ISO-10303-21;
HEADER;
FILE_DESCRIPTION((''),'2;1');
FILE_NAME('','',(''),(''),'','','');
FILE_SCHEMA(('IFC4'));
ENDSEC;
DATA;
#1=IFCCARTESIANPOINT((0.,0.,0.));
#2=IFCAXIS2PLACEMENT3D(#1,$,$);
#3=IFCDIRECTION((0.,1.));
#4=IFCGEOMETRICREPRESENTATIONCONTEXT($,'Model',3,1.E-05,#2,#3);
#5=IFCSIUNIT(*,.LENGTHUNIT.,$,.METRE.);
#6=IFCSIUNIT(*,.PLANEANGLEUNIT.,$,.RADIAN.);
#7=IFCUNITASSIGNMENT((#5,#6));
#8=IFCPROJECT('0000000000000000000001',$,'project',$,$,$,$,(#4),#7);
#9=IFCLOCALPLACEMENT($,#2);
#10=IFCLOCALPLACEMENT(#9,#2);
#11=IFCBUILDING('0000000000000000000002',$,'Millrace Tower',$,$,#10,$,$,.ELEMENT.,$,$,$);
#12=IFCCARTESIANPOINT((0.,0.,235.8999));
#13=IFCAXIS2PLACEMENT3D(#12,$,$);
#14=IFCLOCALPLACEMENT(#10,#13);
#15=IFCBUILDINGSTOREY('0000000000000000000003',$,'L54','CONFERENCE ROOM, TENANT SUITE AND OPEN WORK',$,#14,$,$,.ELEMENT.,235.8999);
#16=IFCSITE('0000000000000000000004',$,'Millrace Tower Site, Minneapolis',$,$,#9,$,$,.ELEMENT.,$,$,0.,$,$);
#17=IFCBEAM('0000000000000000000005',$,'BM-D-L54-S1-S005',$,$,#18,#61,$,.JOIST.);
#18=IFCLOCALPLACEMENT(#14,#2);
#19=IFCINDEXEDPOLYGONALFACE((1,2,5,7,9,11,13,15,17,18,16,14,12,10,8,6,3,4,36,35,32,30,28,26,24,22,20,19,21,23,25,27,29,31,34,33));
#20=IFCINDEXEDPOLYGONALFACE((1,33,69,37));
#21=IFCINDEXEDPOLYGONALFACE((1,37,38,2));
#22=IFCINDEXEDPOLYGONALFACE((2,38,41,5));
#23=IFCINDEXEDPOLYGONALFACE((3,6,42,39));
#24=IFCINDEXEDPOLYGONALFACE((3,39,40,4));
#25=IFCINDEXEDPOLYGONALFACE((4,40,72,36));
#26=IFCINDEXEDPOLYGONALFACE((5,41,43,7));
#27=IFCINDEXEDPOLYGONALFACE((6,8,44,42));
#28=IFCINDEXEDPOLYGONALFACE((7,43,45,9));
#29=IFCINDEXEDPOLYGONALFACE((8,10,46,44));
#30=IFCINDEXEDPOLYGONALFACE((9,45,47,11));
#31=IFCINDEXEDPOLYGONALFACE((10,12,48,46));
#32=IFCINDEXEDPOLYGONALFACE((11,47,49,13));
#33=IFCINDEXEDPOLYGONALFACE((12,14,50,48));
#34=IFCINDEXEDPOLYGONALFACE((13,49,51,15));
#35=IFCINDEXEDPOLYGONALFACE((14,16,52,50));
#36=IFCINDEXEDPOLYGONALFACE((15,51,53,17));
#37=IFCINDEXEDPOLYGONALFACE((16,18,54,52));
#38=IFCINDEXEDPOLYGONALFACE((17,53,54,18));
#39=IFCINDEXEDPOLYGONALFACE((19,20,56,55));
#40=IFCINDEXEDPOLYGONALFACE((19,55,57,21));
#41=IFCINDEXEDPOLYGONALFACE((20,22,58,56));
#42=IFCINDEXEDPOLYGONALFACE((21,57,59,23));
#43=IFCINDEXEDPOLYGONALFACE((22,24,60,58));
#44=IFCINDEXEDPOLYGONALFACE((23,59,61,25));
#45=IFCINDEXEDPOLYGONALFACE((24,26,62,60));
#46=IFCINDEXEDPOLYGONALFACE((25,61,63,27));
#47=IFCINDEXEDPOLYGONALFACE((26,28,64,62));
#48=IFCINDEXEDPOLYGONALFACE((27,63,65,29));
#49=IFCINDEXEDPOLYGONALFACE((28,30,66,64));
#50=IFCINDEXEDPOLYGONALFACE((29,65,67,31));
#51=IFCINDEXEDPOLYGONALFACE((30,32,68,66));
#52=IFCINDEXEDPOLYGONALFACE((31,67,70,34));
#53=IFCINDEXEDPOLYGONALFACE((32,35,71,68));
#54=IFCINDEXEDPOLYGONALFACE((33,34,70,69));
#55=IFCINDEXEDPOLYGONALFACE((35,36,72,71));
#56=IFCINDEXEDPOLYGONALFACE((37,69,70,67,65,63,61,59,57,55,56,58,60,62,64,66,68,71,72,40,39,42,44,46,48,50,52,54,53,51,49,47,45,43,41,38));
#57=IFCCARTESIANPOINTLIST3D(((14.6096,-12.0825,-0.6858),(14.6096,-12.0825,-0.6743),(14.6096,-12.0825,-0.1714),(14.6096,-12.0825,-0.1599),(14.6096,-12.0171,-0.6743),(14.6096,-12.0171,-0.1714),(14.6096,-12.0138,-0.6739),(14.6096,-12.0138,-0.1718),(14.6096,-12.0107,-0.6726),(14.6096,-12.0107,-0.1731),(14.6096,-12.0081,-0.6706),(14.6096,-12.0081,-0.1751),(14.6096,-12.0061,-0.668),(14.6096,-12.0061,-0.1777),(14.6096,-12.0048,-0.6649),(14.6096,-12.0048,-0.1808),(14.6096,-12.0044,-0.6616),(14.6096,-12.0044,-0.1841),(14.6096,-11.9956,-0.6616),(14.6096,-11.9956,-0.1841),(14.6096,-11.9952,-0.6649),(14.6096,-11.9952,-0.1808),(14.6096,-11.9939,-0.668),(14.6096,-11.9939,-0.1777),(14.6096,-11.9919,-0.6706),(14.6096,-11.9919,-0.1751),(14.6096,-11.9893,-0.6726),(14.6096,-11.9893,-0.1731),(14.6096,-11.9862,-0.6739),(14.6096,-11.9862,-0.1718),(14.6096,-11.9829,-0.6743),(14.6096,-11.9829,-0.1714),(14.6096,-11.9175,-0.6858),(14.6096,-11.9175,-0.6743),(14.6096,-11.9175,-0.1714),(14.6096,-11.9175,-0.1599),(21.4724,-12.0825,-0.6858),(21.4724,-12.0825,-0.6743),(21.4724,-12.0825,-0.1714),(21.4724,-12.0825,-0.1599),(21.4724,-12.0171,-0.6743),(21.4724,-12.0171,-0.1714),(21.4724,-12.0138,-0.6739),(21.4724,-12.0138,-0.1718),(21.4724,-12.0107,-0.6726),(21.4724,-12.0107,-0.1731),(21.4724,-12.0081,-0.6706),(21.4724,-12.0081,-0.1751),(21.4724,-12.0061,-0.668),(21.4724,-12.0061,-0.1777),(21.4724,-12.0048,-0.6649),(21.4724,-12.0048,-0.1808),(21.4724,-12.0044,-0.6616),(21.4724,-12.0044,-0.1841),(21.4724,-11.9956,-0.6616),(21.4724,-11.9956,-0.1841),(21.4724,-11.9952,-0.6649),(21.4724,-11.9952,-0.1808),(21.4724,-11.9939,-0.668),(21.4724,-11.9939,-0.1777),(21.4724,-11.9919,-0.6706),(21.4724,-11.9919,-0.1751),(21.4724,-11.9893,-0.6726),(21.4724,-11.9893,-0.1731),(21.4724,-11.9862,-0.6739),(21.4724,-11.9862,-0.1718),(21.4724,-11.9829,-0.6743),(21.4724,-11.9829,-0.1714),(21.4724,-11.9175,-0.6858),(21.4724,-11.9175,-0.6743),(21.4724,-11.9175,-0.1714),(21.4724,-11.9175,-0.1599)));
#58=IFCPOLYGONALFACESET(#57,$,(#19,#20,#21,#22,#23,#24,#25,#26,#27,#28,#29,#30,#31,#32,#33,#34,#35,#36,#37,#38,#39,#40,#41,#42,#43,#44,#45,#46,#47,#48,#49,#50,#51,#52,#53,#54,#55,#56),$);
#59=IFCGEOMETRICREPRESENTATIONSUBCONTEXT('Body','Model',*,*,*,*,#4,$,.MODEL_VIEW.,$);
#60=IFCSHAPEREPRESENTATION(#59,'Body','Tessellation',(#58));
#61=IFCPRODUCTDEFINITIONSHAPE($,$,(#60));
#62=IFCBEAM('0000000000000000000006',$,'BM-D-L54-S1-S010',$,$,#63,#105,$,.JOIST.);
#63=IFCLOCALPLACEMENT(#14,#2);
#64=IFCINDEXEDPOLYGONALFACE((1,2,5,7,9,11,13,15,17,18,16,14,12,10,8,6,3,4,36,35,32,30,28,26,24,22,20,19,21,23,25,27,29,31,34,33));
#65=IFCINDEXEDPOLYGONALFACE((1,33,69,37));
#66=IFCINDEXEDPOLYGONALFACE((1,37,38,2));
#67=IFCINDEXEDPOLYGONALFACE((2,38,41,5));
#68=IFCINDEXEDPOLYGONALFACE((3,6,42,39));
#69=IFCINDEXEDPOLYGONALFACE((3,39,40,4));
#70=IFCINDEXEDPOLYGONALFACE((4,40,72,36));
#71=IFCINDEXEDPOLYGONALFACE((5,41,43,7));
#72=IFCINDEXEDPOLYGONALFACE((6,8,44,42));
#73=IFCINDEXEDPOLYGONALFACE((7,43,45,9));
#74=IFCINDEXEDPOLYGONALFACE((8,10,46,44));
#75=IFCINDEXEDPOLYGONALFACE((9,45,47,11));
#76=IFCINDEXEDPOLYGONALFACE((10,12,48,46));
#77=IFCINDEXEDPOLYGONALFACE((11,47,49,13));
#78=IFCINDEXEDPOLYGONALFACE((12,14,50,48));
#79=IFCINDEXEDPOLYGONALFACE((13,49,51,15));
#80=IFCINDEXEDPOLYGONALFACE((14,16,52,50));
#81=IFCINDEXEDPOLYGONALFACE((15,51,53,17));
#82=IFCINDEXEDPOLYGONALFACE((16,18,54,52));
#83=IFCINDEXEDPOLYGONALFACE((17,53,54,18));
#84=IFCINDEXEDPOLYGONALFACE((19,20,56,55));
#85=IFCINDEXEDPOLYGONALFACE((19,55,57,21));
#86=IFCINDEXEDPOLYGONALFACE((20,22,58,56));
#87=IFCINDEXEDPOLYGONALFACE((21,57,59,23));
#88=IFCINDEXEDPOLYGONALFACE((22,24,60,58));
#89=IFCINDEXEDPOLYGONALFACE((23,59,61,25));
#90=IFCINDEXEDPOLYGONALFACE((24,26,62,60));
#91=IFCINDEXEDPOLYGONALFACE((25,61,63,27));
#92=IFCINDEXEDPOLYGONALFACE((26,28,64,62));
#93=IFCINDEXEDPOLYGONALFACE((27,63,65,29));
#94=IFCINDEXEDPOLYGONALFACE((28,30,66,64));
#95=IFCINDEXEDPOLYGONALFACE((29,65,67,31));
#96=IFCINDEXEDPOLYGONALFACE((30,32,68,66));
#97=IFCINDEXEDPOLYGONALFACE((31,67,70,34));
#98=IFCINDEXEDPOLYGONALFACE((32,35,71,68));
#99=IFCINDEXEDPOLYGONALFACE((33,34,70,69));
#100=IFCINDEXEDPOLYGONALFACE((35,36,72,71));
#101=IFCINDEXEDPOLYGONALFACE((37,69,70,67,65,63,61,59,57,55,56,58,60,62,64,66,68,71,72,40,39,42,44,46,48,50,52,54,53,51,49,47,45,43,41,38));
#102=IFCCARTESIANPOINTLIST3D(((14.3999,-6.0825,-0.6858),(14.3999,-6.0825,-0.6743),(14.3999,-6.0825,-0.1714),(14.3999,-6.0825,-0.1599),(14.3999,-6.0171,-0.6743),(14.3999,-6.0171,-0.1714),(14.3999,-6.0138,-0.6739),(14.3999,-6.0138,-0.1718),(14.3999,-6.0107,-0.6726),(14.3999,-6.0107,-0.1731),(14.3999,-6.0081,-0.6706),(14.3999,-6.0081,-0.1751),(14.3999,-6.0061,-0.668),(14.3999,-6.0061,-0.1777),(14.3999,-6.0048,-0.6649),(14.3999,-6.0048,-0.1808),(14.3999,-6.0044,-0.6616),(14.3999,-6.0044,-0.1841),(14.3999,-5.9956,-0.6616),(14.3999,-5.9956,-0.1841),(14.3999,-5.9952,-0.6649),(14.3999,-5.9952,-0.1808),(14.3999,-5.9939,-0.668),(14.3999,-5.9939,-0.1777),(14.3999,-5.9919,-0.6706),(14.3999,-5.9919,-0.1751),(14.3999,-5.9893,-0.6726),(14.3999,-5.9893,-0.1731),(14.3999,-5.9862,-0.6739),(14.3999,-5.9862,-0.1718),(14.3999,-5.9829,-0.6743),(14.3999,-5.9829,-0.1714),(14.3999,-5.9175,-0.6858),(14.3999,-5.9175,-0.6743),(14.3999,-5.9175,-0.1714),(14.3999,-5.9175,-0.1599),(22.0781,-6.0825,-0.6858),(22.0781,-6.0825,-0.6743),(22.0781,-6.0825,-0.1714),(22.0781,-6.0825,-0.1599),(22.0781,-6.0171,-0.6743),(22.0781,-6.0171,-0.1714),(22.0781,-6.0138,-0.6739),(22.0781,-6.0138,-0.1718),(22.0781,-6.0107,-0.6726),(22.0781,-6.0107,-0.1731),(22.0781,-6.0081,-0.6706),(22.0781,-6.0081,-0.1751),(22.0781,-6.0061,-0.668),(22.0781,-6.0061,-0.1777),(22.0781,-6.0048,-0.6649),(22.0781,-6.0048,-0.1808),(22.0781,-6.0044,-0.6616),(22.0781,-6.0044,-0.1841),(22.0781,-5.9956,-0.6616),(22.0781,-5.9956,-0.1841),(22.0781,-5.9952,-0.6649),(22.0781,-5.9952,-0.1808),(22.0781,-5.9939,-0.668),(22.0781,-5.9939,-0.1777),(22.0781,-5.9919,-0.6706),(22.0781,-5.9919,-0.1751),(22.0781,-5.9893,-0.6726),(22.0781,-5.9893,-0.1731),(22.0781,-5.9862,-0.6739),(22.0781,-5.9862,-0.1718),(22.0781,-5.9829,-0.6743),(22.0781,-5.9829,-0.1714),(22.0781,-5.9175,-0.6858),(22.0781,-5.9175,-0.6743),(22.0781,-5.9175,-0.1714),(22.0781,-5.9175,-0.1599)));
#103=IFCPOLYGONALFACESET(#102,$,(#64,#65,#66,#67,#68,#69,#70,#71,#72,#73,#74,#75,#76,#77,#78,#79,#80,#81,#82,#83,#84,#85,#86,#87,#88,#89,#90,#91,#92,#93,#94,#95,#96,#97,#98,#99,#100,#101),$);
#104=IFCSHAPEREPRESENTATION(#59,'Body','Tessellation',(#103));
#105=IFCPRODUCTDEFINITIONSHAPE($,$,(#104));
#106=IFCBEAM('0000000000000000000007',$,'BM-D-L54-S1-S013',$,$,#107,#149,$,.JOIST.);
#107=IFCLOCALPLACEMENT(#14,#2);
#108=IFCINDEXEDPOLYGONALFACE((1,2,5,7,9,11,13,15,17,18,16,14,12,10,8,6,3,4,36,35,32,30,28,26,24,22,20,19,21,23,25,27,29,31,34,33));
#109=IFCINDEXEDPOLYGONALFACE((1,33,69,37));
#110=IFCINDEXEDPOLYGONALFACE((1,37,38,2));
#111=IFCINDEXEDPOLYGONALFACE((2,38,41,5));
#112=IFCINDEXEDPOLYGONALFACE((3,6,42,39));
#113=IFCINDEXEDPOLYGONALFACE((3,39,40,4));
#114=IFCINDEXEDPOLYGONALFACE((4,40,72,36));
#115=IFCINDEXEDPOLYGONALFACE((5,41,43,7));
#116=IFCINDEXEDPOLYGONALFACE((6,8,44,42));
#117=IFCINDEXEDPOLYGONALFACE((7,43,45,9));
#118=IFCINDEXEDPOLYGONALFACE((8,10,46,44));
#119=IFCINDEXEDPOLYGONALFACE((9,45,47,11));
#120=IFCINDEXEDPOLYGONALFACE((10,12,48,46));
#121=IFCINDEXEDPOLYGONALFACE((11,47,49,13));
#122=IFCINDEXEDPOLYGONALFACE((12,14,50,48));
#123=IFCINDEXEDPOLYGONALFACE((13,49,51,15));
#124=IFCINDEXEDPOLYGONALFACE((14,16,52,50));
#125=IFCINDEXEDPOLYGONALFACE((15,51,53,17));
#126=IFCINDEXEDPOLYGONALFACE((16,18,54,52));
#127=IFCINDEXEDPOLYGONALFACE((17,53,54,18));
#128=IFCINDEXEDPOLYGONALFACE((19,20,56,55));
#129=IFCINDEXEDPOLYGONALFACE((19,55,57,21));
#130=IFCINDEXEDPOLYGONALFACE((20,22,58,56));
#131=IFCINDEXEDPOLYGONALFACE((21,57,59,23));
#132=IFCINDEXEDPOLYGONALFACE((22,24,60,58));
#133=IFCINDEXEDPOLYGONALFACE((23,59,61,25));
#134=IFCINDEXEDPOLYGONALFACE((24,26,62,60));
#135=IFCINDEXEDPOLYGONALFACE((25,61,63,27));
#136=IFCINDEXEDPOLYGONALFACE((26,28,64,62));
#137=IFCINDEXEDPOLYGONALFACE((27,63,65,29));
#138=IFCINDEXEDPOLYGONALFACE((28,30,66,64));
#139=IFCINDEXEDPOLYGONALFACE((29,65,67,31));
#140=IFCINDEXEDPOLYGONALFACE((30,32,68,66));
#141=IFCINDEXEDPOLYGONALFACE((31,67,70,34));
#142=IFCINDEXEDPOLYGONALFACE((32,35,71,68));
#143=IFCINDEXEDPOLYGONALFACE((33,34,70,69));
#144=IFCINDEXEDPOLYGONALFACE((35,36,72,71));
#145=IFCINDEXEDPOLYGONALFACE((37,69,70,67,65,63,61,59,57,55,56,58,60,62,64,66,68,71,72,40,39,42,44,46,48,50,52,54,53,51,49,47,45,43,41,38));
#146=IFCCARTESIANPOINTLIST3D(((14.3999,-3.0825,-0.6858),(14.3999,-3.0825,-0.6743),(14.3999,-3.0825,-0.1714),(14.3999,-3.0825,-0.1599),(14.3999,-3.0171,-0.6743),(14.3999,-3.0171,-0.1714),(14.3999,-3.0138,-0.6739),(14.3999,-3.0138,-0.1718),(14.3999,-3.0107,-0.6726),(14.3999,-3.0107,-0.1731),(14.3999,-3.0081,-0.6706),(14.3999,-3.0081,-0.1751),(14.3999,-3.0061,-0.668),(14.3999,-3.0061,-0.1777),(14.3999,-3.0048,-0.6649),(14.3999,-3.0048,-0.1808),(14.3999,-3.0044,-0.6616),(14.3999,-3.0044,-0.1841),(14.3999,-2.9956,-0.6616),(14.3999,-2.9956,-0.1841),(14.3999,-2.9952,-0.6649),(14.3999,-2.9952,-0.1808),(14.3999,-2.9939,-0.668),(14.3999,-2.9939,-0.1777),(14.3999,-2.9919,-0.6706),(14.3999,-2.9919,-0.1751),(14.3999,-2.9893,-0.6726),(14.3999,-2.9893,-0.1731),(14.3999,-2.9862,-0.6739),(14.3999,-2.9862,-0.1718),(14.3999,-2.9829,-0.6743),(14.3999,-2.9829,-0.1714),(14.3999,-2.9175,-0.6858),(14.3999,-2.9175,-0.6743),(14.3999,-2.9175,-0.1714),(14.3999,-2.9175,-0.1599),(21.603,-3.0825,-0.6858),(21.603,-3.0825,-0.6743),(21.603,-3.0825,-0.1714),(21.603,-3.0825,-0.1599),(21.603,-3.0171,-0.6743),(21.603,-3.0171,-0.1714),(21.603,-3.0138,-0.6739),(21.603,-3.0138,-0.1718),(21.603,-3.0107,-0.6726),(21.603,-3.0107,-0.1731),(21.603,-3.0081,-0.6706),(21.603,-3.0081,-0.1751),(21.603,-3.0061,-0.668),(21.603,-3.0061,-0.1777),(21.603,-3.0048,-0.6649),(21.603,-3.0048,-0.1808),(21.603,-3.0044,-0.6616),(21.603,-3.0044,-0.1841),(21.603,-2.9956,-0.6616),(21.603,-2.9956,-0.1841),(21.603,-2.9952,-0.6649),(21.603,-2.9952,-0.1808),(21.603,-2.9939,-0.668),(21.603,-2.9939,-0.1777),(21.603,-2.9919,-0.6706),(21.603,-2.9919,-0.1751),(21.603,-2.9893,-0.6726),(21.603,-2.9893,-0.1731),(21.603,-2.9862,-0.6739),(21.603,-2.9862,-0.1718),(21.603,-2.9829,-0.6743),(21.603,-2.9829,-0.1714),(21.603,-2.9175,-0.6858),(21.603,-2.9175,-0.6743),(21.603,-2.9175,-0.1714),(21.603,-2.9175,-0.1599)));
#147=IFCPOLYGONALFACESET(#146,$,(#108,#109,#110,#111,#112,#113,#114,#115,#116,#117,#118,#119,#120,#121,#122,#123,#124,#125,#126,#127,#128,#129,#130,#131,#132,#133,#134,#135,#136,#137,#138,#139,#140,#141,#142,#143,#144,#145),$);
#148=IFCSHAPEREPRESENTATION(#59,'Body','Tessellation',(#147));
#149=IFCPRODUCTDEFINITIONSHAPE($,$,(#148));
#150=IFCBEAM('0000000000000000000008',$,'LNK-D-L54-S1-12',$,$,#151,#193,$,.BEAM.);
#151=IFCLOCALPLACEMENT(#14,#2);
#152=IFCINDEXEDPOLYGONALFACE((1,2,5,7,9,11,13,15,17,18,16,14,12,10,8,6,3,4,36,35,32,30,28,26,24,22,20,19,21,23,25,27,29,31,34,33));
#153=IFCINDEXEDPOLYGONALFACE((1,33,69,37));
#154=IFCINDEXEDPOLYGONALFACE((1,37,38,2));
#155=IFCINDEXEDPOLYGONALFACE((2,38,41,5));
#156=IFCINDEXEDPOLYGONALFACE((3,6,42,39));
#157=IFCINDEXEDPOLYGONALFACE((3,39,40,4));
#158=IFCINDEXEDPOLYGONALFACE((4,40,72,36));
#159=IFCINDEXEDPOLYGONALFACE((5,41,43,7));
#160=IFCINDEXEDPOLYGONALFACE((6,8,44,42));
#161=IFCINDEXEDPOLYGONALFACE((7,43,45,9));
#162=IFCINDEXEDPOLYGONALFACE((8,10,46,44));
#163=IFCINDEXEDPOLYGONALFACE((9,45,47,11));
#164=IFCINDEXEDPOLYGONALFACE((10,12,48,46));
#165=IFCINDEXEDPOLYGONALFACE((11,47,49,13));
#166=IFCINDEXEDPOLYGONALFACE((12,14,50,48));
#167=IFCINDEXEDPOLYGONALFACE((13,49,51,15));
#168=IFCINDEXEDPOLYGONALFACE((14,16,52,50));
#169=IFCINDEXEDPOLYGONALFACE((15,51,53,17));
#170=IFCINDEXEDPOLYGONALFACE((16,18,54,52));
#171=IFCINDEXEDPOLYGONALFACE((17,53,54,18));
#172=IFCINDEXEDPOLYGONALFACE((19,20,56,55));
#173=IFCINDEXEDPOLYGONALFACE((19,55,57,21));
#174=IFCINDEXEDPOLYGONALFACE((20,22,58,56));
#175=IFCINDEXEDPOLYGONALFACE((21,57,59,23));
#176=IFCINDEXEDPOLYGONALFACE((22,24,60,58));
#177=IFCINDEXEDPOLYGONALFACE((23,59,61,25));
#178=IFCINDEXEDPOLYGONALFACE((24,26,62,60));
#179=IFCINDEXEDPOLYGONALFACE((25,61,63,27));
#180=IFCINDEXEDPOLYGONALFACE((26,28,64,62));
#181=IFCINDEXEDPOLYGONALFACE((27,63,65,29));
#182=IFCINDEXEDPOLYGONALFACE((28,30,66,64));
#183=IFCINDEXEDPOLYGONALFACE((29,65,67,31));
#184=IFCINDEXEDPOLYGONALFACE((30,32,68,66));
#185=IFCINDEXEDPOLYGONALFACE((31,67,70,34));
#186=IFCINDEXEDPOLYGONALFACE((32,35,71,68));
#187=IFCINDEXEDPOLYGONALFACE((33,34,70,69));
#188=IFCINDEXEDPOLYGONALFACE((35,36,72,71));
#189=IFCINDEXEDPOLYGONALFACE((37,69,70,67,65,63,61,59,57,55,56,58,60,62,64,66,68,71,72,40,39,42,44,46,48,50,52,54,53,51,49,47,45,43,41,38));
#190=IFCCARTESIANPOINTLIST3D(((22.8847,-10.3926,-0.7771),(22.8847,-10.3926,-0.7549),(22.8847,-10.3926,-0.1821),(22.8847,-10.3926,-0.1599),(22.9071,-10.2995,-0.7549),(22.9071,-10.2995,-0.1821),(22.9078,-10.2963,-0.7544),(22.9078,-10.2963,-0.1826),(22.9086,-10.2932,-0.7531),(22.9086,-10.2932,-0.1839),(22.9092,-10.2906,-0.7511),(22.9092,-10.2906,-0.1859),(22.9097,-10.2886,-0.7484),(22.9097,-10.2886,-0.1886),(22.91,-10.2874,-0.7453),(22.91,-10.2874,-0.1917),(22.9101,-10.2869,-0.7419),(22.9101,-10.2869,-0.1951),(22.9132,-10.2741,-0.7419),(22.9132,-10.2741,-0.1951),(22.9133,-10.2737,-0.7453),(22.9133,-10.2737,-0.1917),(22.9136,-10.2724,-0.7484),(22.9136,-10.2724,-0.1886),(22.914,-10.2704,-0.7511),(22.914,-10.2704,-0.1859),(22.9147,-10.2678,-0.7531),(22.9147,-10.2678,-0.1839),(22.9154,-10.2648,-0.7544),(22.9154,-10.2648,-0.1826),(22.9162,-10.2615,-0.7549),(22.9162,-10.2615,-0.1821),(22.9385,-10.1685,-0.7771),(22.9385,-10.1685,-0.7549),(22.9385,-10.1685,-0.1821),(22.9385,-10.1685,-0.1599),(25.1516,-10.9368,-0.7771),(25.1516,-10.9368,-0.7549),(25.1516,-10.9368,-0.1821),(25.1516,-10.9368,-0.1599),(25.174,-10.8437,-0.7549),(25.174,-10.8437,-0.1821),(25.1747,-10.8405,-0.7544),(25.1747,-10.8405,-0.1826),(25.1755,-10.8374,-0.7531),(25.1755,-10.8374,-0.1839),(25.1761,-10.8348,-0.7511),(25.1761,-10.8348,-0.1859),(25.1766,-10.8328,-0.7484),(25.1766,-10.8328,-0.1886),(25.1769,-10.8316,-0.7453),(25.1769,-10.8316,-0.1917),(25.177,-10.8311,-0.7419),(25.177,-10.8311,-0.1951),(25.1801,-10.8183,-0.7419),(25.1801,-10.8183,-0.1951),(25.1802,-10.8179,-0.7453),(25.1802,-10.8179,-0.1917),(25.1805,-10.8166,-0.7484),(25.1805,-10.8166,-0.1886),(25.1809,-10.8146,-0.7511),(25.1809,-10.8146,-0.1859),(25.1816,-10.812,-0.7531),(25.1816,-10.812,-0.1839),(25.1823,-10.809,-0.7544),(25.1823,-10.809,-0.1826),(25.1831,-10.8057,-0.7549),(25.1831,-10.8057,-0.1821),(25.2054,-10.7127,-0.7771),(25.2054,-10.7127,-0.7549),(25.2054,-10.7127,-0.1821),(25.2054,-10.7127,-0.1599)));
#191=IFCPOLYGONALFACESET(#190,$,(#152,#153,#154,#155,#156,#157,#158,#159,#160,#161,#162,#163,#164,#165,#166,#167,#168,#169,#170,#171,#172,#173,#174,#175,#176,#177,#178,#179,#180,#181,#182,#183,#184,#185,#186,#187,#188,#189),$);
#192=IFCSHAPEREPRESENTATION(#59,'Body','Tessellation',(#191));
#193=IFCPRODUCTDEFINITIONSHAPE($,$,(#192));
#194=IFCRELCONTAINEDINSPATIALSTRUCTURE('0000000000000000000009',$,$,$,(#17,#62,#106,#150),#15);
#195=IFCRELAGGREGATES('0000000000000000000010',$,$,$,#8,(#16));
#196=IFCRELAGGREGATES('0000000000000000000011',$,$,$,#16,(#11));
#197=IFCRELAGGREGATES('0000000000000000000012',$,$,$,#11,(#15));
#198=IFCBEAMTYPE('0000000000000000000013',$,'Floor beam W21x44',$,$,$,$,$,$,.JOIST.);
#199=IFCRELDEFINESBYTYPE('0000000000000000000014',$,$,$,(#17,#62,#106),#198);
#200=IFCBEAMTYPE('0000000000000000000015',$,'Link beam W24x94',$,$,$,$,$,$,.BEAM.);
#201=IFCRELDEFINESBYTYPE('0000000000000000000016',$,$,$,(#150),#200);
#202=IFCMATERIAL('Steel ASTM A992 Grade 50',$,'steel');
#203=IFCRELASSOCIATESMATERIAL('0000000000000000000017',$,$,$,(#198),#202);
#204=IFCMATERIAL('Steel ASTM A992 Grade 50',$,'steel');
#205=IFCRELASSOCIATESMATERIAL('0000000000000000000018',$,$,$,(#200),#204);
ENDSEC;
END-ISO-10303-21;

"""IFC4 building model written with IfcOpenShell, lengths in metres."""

from ifc_helpers import new_model, si_unit, direction, frame, origin, origin_2d, place, context, subcontext, project, spatial, i_section, extrude, material, material_profile, profile_set, type_object, element, save


model = new_model("IFC4")

# Units and contexts
model_context = context("Model", 3, precision=1e-05, world=origin(), true_north=direction((0.0, 1.0)))
body_context = subcontext(model_context, "Body", "Model", "MODEL_VIEW")
ifc_project = project(units=[si_unit("LENGTHUNIT", "METRE"), si_unit("PLANEANGLEUNIT", "RADIAN")], contexts=[model_context])

# Site, building, storey
site_placement = place(None, origin())
site = spatial("IfcSite", under=ifc_project, at=site_placement, Name="Millrace Tower Site, Minneapolis", CompositionType="ELEMENT", RefElevation=0.0)
building_placement = place(site_placement, origin())
building = spatial("IfcBuilding", under=site, at=building_placement, Name="Millrace Tower", CompositionType="ELEMENT")
storey_placement = place(building_placement, frame((0.0, 0.0, 235.8999)))
storey = spatial("IfcBuildingStorey", under=building, at=storey_placement, Name="L54", Description="CONFERENCE ROOM, TENANT SUITE AND OPEN WORK", CompositionType="ELEMENT", Elevation=235.8999)

# Beams
ifc_material_1 = material(Name="Steel ASTM A992 Grade 50", Category="steel")
ifc_material_profile_1 = material_profile(ifc_material_1, i_section(OverallWidth=0.165, OverallDepth=0.5259, WebThickness=0.0088, FlangeThickness=0.0115, FilletRadius=0.0127, at=origin_2d()))
ifc_profile_set_1 = profile_set([ifc_material_profile_1], Name="Steel ASTM A992 Grade 50")
beam_type_1 = type_object("IfcBeamType", Name="Floor beam W21x44", PredefinedType="JOIST", material=ifc_profile_set_1)
beam_1_placement = place(storey_placement, frame((14.6096, -12.0, -0.4229), z_axis=(1.0, 0.0, 0.0), x_axis=(0.0, 1.0, 0.0)))
element("IfcBeam", 1, at=beam_1_placement, inside=storey, type_object=beam_type_1, Name="BM-D-L54-S1-S005", PredefinedType="JOIST", context=body_context, shape_type="SweptSolid", body=[
    extrude(i_section(OverallWidth=0.165, OverallDepth=0.5259, WebThickness=0.0088, FlangeThickness=0.0115, FilletRadius=0.0127, at=origin_2d()), origin(), (0.0, 0.0, 1.0), 6.8628),
])
beam_2_placement = place(storey_placement, frame((14.3999, -6.0, -0.4229), z_axis=(1.0, 0.0, 0.0), x_axis=(0.0, 1.0, 0.0)))
element("IfcBeam", 2, at=beam_2_placement, inside=storey, type_object=beam_type_1, Name="BM-D-L54-S1-S010", PredefinedType="JOIST", context=body_context, shape_type="SweptSolid", body=[
    extrude(i_section(OverallWidth=0.165, OverallDepth=0.5259, WebThickness=0.0088, FlangeThickness=0.0115, FilletRadius=0.0127, at=origin_2d()), origin(), (0.0, 0.0, 1.0), 7.6782),
])
beam_3_placement = place(storey_placement, frame((14.3999, -3.0, -0.4229), z_axis=(1.0, 0.0, 0.0), x_axis=(0.0, 1.0, 0.0)))
element("IfcBeam", 3, at=beam_3_placement, inside=storey, type_object=beam_type_1, Name="BM-D-L54-S1-S013", PredefinedType="JOIST", context=body_context, shape_type="SweptSolid", body=[
    extrude(i_section(OverallWidth=0.165, OverallDepth=0.5259, WebThickness=0.0088, FlangeThickness=0.0115, FilletRadius=0.0127, at=origin_2d()), origin(), (0.0, 0.0, 1.0), 7.2031),
])
ifc_material_2 = material(Name="Steel ASTM A992 Grade 50", Category="steel")
ifc_material_profile_2 = material_profile(ifc_material_2, i_section(OverallWidth=0.2305, OverallDepth=0.6172, WebThickness=0.0132, FlangeThickness=0.0222, FilletRadius=0.0129, at=origin_2d()))
ifc_profile_set_2 = profile_set([ifc_material_profile_2], Name="Steel ASTM A992 Grade 50")
beam_type_2 = type_object("IfcBeamType", Name="Link beam W24x94", PredefinedType="BEAM", material=ifc_profile_set_2)
beam_4_placement = place(storey_placement, frame((22.9116, -10.2805, -0.4685), z_axis=(0.972373, -0.233432, 0.0), x_axis=(0.233432, 0.972373, 0.0)))
element("IfcBeam", 4, at=beam_4_placement, inside=storey, type_object=beam_type_2, Name="LNK-D-L54-S1-12", PredefinedType="BEAM", context=body_context, shape_type="SweptSolid", body=[
    extrude(i_section(OverallWidth=0.2305, OverallDepth=0.6172, WebThickness=0.0132, FlangeThickness=0.0222, FilletRadius=0.0129, at=origin_2d()), origin(), (0.0, 0.0, 1.0), 2.3313),
])

save(model, "model.ifc")
